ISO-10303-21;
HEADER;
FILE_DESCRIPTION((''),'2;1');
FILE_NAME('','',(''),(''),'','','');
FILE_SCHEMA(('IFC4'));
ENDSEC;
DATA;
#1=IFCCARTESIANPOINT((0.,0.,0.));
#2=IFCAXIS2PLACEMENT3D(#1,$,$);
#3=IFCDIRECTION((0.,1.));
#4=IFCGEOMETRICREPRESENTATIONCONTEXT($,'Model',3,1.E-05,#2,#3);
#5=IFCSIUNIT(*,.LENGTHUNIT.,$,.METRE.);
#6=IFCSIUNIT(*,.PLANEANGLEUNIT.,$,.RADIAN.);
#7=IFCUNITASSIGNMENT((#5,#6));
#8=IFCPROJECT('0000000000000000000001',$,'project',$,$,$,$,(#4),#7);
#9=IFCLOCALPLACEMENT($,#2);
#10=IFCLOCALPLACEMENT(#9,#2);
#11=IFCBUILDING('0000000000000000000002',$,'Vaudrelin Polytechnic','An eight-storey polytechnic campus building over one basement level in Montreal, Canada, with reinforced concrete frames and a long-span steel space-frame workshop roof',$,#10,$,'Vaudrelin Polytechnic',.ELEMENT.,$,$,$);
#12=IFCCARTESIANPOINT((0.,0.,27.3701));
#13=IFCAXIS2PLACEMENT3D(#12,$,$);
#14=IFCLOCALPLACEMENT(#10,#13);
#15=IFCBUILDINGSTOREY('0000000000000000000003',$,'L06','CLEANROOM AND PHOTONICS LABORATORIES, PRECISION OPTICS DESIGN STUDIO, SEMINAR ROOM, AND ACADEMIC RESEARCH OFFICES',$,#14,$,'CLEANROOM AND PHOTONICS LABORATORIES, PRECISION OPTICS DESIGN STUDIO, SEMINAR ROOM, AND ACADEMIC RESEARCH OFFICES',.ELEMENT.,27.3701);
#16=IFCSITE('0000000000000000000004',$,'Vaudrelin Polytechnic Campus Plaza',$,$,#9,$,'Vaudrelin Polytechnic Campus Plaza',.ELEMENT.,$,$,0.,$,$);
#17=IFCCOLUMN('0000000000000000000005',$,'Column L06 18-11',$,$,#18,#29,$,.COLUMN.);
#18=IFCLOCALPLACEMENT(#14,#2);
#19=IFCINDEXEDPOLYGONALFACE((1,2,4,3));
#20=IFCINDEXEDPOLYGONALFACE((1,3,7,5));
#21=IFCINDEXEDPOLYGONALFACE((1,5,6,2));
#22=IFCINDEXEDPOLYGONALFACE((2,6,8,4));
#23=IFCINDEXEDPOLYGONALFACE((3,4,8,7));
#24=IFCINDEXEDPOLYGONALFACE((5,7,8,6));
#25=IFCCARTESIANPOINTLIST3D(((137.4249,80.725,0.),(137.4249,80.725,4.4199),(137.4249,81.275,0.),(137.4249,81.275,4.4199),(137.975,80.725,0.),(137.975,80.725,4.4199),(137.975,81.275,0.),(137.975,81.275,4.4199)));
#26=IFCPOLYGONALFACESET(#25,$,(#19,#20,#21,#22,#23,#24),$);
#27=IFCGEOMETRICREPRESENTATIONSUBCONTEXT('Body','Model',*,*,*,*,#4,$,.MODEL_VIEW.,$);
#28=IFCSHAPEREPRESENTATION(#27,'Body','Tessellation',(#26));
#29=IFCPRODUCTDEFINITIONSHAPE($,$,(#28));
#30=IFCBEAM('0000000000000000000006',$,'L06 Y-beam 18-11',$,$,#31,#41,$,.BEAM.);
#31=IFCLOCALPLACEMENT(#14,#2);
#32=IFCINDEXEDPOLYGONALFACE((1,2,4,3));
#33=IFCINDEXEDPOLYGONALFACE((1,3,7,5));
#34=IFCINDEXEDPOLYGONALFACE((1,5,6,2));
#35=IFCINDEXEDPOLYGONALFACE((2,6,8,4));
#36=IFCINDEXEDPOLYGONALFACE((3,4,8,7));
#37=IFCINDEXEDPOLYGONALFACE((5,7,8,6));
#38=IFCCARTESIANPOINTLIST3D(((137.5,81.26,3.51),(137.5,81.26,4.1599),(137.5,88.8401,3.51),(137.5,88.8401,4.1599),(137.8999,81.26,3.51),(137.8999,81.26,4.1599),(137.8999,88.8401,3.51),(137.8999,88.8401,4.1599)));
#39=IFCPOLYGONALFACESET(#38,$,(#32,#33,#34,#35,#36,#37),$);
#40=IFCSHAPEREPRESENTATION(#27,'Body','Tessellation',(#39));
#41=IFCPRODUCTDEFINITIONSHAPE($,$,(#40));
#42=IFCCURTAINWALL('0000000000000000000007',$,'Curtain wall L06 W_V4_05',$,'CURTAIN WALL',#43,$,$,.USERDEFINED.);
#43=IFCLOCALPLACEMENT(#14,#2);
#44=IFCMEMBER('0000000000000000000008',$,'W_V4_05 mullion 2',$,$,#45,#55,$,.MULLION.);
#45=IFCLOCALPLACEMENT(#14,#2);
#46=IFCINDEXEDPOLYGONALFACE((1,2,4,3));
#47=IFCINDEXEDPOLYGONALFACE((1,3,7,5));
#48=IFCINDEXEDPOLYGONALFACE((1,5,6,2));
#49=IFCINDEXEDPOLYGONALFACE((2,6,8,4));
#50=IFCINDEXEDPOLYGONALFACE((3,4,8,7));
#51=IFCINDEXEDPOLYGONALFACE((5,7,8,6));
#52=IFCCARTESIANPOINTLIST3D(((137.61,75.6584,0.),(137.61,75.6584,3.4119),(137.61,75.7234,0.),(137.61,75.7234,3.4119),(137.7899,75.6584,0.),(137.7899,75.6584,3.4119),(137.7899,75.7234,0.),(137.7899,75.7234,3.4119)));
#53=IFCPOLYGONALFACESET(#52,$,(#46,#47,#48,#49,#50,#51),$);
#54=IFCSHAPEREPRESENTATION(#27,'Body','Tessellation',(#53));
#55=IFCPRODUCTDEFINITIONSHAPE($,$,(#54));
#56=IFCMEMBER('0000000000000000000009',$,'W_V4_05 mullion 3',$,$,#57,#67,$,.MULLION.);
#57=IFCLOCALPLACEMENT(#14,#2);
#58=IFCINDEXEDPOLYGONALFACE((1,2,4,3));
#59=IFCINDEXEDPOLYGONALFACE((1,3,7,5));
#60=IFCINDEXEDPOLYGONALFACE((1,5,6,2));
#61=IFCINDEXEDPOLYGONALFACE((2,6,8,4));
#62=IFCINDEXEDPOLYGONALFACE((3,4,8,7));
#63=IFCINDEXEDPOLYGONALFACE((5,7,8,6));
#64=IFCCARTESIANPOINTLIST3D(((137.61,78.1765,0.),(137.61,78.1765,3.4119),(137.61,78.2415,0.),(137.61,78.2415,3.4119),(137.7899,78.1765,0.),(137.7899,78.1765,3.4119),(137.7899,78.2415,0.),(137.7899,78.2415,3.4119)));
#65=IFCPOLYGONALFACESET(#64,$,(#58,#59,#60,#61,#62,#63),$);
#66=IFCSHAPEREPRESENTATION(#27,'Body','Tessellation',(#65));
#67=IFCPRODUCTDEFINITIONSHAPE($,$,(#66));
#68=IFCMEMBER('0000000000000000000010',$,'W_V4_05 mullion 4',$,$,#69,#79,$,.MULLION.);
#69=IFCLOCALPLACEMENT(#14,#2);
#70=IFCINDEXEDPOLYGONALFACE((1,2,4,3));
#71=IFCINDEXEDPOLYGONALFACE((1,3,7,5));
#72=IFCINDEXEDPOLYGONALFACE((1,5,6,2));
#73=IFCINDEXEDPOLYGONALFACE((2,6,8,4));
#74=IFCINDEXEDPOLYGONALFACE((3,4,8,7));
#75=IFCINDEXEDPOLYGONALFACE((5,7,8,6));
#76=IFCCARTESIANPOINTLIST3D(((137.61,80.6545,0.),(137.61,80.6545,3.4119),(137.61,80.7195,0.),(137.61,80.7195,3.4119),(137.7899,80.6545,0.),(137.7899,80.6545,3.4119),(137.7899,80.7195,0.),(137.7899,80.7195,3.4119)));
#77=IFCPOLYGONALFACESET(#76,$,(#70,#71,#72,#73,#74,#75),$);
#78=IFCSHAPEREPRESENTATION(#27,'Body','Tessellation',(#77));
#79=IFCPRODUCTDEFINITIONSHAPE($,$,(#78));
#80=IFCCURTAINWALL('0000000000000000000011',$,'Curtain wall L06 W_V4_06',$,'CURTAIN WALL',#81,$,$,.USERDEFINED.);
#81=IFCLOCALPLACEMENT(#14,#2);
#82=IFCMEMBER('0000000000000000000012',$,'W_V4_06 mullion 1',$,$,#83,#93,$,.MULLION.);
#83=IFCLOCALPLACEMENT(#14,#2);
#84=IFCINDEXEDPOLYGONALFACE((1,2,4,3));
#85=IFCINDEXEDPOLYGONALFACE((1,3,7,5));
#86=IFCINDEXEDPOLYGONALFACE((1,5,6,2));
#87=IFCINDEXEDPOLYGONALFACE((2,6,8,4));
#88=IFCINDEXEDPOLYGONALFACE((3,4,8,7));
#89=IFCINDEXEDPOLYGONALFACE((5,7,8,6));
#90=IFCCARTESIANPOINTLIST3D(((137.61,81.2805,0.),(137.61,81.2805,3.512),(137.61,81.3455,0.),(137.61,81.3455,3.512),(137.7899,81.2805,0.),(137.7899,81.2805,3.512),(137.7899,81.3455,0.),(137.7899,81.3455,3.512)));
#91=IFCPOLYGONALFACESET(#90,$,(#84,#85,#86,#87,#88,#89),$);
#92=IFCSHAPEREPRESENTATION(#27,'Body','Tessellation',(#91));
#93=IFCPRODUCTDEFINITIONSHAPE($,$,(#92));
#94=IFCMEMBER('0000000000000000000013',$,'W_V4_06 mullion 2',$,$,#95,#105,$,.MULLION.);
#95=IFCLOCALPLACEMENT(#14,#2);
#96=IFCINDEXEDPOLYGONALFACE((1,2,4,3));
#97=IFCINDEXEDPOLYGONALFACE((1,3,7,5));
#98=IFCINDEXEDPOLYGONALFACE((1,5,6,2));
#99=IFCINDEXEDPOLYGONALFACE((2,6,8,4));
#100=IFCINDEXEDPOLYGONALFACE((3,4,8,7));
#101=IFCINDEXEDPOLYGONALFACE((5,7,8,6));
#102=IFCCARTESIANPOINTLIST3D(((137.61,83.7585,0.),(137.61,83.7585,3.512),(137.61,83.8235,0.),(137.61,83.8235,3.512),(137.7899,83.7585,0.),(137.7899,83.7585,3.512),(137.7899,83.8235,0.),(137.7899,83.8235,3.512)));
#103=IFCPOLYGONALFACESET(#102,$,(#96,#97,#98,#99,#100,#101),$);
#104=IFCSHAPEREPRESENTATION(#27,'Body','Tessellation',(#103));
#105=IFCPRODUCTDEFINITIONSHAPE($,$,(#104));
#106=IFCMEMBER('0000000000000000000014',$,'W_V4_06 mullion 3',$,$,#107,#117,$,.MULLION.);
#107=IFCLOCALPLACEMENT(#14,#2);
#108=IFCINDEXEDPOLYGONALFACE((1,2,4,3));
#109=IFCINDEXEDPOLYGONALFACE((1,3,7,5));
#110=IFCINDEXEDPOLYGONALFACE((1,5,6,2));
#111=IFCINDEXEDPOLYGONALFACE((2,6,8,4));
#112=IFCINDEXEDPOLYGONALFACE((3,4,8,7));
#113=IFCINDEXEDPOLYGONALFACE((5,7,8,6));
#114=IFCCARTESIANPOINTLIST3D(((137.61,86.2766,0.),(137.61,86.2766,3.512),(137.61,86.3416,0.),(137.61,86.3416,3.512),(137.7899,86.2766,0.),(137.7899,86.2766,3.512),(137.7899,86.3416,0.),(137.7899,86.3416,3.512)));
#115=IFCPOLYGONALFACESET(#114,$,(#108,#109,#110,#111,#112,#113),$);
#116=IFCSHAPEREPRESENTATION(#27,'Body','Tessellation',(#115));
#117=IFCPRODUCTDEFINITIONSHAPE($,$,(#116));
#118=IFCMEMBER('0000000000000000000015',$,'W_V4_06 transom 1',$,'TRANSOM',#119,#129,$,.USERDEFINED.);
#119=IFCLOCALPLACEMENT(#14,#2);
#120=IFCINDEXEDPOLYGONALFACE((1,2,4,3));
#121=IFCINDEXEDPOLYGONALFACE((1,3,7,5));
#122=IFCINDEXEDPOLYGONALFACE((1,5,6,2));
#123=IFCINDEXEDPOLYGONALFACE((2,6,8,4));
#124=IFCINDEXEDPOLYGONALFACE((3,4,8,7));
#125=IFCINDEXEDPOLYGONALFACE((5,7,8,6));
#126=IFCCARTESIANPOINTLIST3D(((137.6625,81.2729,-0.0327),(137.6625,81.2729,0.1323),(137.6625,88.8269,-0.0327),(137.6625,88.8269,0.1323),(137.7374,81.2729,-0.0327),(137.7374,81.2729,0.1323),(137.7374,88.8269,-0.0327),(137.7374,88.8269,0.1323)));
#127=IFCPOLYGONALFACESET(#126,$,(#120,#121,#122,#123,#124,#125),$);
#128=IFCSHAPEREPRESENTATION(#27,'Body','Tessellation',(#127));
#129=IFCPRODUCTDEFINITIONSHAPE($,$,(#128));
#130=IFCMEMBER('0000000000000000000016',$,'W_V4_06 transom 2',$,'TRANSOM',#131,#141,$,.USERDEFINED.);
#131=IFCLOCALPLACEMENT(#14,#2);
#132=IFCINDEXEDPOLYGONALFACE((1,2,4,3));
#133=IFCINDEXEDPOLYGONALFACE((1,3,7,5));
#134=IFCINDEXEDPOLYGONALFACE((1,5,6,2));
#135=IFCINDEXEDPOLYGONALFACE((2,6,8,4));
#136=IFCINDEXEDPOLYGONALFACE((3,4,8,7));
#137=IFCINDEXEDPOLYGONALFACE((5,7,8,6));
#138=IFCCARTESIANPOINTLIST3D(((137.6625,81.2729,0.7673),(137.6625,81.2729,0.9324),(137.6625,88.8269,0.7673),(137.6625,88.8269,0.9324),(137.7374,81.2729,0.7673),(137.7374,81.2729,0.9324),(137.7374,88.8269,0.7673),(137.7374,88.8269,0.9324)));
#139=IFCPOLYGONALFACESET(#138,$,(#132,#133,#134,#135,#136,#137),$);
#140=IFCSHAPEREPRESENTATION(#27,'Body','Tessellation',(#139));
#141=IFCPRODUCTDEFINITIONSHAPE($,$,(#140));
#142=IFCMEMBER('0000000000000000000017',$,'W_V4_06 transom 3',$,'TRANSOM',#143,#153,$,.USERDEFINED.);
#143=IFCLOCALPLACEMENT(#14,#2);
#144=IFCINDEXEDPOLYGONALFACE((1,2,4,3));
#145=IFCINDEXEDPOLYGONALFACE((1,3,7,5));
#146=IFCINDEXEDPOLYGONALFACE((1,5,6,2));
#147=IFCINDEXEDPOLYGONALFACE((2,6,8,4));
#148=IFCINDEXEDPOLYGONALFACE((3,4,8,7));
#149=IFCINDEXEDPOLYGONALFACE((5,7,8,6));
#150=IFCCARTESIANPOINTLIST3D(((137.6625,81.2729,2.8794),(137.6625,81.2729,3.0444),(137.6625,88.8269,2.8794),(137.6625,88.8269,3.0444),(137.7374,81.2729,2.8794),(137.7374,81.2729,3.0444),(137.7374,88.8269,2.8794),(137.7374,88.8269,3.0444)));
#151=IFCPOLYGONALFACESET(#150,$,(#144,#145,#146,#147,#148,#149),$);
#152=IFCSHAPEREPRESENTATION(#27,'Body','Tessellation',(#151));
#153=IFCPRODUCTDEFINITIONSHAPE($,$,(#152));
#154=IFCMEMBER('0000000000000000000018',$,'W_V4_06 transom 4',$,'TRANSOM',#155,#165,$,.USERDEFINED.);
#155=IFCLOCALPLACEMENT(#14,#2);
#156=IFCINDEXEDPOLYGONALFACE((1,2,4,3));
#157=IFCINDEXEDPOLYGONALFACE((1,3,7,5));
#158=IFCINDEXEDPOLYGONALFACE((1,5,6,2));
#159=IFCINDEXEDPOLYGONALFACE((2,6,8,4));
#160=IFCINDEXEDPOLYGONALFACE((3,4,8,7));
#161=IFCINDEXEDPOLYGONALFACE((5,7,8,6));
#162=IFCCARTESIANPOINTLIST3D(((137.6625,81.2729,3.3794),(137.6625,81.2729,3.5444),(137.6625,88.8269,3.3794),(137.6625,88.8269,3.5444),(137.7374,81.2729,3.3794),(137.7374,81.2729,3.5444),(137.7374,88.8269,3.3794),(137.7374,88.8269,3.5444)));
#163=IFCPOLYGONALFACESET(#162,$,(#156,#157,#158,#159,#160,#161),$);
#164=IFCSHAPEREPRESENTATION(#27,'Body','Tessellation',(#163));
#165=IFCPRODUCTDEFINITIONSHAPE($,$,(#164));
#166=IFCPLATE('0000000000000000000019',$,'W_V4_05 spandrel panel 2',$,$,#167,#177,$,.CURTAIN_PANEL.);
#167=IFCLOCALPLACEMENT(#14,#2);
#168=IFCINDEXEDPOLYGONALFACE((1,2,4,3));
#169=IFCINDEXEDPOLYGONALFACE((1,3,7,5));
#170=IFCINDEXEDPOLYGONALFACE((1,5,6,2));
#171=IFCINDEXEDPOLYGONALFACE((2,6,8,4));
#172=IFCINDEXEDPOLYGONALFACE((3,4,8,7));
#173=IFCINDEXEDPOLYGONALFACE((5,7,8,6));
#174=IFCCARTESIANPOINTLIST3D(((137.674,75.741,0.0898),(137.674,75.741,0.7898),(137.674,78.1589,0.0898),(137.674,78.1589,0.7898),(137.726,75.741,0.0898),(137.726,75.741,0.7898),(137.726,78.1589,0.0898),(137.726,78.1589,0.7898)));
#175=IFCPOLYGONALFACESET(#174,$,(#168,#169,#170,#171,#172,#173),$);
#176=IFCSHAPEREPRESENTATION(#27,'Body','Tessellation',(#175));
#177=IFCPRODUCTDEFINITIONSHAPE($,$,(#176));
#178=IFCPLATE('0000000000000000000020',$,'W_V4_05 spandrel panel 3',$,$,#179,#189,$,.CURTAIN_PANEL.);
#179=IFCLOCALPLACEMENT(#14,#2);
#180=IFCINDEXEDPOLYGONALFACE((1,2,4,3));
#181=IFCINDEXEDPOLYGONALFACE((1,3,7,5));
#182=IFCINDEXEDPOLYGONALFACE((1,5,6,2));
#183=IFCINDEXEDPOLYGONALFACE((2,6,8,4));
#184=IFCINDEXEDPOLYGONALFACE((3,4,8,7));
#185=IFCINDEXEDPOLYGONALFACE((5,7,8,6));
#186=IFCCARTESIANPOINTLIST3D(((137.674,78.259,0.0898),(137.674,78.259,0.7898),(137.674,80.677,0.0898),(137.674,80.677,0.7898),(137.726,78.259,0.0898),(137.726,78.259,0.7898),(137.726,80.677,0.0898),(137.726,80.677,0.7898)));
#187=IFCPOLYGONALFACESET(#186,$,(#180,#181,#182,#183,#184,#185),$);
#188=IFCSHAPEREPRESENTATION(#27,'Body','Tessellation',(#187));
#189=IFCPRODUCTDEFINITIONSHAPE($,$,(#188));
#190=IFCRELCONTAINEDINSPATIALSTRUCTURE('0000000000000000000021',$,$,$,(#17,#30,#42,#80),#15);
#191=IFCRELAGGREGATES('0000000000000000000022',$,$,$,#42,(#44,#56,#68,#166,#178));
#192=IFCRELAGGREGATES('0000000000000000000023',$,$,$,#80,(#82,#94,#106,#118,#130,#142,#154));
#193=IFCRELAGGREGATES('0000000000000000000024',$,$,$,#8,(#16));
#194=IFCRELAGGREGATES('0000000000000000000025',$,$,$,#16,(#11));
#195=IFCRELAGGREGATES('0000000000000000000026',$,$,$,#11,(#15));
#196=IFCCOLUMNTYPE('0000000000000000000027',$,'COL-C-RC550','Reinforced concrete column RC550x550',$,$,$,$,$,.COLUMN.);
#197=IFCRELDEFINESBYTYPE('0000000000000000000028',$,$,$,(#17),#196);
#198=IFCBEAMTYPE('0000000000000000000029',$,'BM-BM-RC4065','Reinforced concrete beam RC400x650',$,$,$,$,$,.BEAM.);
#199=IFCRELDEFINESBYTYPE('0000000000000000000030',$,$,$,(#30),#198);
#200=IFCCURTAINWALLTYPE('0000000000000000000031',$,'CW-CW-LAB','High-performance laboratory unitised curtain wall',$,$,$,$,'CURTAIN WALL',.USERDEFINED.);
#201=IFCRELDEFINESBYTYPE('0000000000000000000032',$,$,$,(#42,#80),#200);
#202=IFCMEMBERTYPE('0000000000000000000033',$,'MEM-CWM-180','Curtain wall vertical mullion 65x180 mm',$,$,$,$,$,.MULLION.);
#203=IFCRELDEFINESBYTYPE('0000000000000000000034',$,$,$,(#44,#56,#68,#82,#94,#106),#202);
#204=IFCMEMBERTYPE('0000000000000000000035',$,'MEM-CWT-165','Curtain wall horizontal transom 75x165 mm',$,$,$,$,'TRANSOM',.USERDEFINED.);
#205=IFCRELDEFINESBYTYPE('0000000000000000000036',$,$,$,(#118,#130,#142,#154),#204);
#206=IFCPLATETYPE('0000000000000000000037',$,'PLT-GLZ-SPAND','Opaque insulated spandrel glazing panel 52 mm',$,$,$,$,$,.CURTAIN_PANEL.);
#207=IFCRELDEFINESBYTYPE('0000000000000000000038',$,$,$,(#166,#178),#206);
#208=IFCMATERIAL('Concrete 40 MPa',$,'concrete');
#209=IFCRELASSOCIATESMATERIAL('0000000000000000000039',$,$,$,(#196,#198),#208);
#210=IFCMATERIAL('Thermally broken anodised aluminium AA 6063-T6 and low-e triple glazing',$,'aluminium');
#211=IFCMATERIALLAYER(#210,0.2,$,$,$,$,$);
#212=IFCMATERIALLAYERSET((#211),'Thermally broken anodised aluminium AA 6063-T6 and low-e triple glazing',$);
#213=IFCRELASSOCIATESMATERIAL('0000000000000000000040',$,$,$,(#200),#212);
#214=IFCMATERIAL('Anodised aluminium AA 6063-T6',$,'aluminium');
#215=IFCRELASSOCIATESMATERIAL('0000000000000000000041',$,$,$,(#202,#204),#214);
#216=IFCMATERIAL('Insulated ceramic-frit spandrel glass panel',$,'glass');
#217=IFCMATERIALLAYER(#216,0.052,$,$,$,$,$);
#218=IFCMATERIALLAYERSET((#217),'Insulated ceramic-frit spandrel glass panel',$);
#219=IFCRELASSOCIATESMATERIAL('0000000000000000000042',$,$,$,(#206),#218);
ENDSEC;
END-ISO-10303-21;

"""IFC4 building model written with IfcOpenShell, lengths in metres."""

from ifc_helpers import new_model, si_unit, direction, frame, origin, origin_2d, place, context, subcontext, project, spatial, rectangle, extrude, material, layer, layer_set, material_profile, profile_set, type_object, element, aggregate, save


model = new_model("IFC4")

# Units and contexts
model_context = context("Model", 3, precision=1e-05, world=origin(), true_north=direction((0.0, 1.0)))
body_context = subcontext(model_context, "Body", "Model", "MODEL_VIEW")
ifc_project = project(units=[si_unit("LENGTHUNIT", "METRE"), si_unit("PLANEANGLEUNIT", "RADIAN")], contexts=[model_context])

# Site, building, storey
site_placement = place(None, origin())
site = spatial("IfcSite", under=ifc_project, at=site_placement, Name="Vaudrelin Polytechnic Campus Plaza", LongName="Vaudrelin Polytechnic Campus Plaza", CompositionType="ELEMENT", RefElevation=0.0)
building_placement = place(site_placement, origin())
building = spatial("IfcBuilding", under=site, at=building_placement, Name="Vaudrelin Polytechnic", Description="An eight-storey polytechnic campus building over one basement level in Montreal, Canada, with reinforced concrete frames and a long-span steel space-frame workshop roof", LongName="Vaudrelin Polytechnic", CompositionType="ELEMENT")
storey_placement = place(building_placement, frame((0.0, 0.0, 27.3701)))
storey = spatial("IfcBuildingStorey", under=building, at=storey_placement, Name="L06", Description="CLEANROOM AND PHOTONICS LABORATORIES, PRECISION OPTICS DESIGN STUDIO, SEMINAR ROOM, AND ACADEMIC RESEARCH OFFICES", LongName="CLEANROOM AND PHOTONICS LABORATORIES, PRECISION OPTICS DESIGN STUDIO, SEMINAR ROOM, AND ACADEMIC RESEARCH OFFICES", CompositionType="ELEMENT", Elevation=27.3701)

# Column
ifc_material_1 = material(Name="Concrete 40 MPa", Category="concrete")
ifc_material_profile_1 = material_profile(ifc_material_1, rectangle(XDim=0.55, YDim=0.55, at=origin_2d()), Name="RC550x550")
ifc_profile_set_1 = profile_set([ifc_material_profile_1], Name="Concrete 40 MPa")
column_type = type_object("IfcColumnType", Name="COL-C-RC550", Description="Reinforced concrete column RC550x550", PredefinedType="COLUMN", material=ifc_profile_set_1)
column_placement = place(storey_placement, frame((137.7, 81.0, 0.0), z_axis=(0.0, 0.0, 1.0), x_axis=(1.0, 0.0, 0.0)))
element("IfcColumn", 1, at=column_placement, inside=storey, type_object=column_type, Name="Column L06 18-11", PredefinedType="COLUMN", context=body_context, shape_type="SweptSolid", body=[
    extrude(rectangle(XDim=0.55, YDim=0.55, at=origin_2d()), origin(), (0.0, 0.0, 1.0), 4.4199),
])

# Beam
ifc_material_profile_2 = material_profile(ifc_material_1, rectangle(XDim=0.3999, YDim=0.6499, at=origin_2d()), Name="RC400x650")
ifc_profile_set_2 = profile_set([ifc_material_profile_2], Name="Concrete 40 MPa")
beam_type = type_object("IfcBeamType", Name="BM-BM-RC4065", Description="Reinforced concrete beam RC400x650", PredefinedType="BEAM", material=ifc_profile_set_2)
beam_placement = place(storey_placement, frame((137.7, 81.26, 3.835), z_axis=(0.0, 1.0, 0.0), x_axis=(-1.0, 0.0, 0.0)))
element("IfcBeam", 2, at=beam_placement, inside=storey, type_object=beam_type, Name="L06 Y-beam 18-11", PredefinedType="BEAM", context=body_context, shape_type="SweptSolid", body=[
    extrude(rectangle(XDim=0.3999, YDim=0.6499, at=origin_2d()), origin(), (0.0, 0.0, 1.0), 7.5801),
])

# Curtain walls, members
ifc_material_2 = material(Name="Thermally broken anodised aluminium AA 6063-T6 and low-e triple glazing", Category="aluminium")
ifc_layer_1 = layer(ifc_material_2, 0.2)
ifc_layer_set_1 = layer_set([ifc_layer_1], Name="Thermally broken anodised aluminium AA 6063-T6 and low-e triple glazing")
curtain_wall_type = type_object("IfcCurtainWallType", Name="CW-CW-LAB", Description="High-performance laboratory unitised curtain wall", ElementType="CURTAIN WALL", PredefinedType="USERDEFINED", material=ifc_layer_set_1)
curtain_wall_1_placement = place(storey_placement, origin())
curtain_wall_1 = element("IfcCurtainWall", 3, at=curtain_wall_1_placement, inside=storey, type_object=curtain_wall_type, Name="Curtain wall L06 W_V4_05", ObjectType="CURTAIN WALL", PredefinedType="USERDEFINED")
ifc_material_3 = material(Name="Anodised aluminium AA 6063-T6", Category="aluminium")
ifc_material_profile_3 = material_profile(ifc_material_3, rectangle(XDim=0.0649, YDim=0.1799, at=origin_2d()), Name="CWM-65x180")
ifc_profile_set_3 = profile_set([ifc_material_profile_3], Name="Anodised aluminium AA 6063-T6")
member_type_1 = type_object("IfcMemberType", Name="MEM-CWM-180", Description="Curtain wall vertical mullion 65x180 mm", PredefinedType="MULLION", material=ifc_profile_set_3)
member_1_placement = place(storey_placement, frame((137.7, 75.6909, 0.0), z_axis=(0.0, 0.0, 1.0), x_axis=(0.0, 1.0, 0.0)))
member_1 = element("IfcMember", 4, at=member_1_placement, type_object=member_type_1, Name="W_V4_05 mullion 2", PredefinedType="MULLION", context=body_context, shape_type="SweptSolid", body=[
    extrude(rectangle(XDim=0.0649, YDim=0.1799, at=origin_2d()), origin(), (0.0, 0.0, 1.0), 3.4119),
])
member_2_placement = place(storey_placement, frame((137.7, 78.209, 0.0), z_axis=(0.0, 0.0, 1.0), x_axis=(0.0, 1.0, 0.0)))
member_2 = element("IfcMember", 5, at=member_2_placement, type_object=member_type_1, Name="W_V4_05 mullion 3", PredefinedType="MULLION", context=body_context, shape_type="SweptSolid", body=[
    extrude(rectangle(XDim=0.0649, YDim=0.1799, at=origin_2d()), origin(), (0.0, 0.0, 1.0), 3.4119),
])
member_3_placement = place(storey_placement, frame((137.7, 80.687, 0.0), z_axis=(0.0, 0.0, 1.0), x_axis=(0.0, 1.0, 0.0)))
member_3 = element("IfcMember", 6, at=member_3_placement, type_object=member_type_1, Name="W_V4_05 mullion 4", PredefinedType="MULLION", context=body_context, shape_type="SweptSolid", body=[
    extrude(rectangle(XDim=0.0649, YDim=0.1799, at=origin_2d()), origin(), (0.0, 0.0, 1.0), 3.4119),
])
curtain_wall_2_placement = place(storey_placement, origin())
curtain_wall_2 = element("IfcCurtainWall", 7, at=curtain_wall_2_placement, inside=storey, type_object=curtain_wall_type, Name="Curtain wall L06 W_V4_06", ObjectType="CURTAIN WALL", PredefinedType="USERDEFINED")
member_4_placement = place(storey_placement, frame((137.7, 81.313, 0.0), z_axis=(0.0, 0.0, 1.0), x_axis=(0.0, 1.0, 0.0)))
member_4 = element("IfcMember", 8, at=member_4_placement, type_object=member_type_1, Name="W_V4_06 mullion 1", PredefinedType="MULLION", context=body_context, shape_type="SweptSolid", body=[
    extrude(rectangle(XDim=0.0649, YDim=0.1799, at=origin_2d()), origin(), (0.0, 0.0, 1.0), 3.512),
])
member_5_placement = place(storey_placement, frame((137.7, 83.791, 0.0), z_axis=(0.0, 0.0, 1.0), x_axis=(0.0, 1.0, 0.0)))
member_5 = element("IfcMember", 9, at=member_5_placement, type_object=member_type_1, Name="W_V4_06 mullion 2", PredefinedType="MULLION", context=body_context, shape_type="SweptSolid", body=[
    extrude(rectangle(XDim=0.0649, YDim=0.1799, at=origin_2d()), origin(), (0.0, 0.0, 1.0), 3.512),
])
member_6_placement = place(storey_placement, frame((137.7, 86.3091, 0.0), z_axis=(0.0, 0.0, 1.0), x_axis=(0.0, 1.0, 0.0)))
member_6 = element("IfcMember", 10, at=member_6_placement, type_object=member_type_1, Name="W_V4_06 mullion 3", PredefinedType="MULLION", context=body_context, shape_type="SweptSolid", body=[
    extrude(rectangle(XDim=0.0649, YDim=0.1799, at=origin_2d()), origin(), (0.0, 0.0, 1.0), 3.512),
])
ifc_material_profile_4 = material_profile(ifc_material_3, rectangle(XDim=0.075, YDim=0.165, at=origin_2d()), Name="CWT-75x165")
ifc_profile_set_4 = profile_set([ifc_material_profile_4], Name="Anodised aluminium AA 6063-T6")
member_type_2 = type_object("IfcMemberType", Name="MEM-CWT-165", Description="Curtain wall horizontal transom 75x165 mm", ElementType="TRANSOM", PredefinedType="USERDEFINED", material=ifc_profile_set_4)
member_7_placement = place(storey_placement, frame((137.7, 81.2729, 0.0498), z_axis=(0.0, 1.0, 0.0), x_axis=(-1.0, 0.0, 0.0)))
member_7 = element("IfcMember", 11, at=member_7_placement, type_object=member_type_2, Name="W_V4_06 transom 1", ObjectType="TRANSOM", PredefinedType="USERDEFINED", context=body_context, shape_type="SweptSolid", body=[
    extrude(rectangle(XDim=0.075, YDim=0.165, at=origin_2d()), origin(), (0.0, 0.0, 1.0), 7.554),
])
member_8_placement = place(storey_placement, frame((137.7, 81.2729, 0.8499), z_axis=(0.0, 1.0, 0.0), x_axis=(-1.0, 0.0, 0.0)))
member_8 = element("IfcMember", 12, at=member_8_placement, type_object=member_type_2, Name="W_V4_06 transom 2", ObjectType="TRANSOM", PredefinedType="USERDEFINED", context=body_context, shape_type="SweptSolid", body=[
    extrude(rectangle(XDim=0.075, YDim=0.165, at=origin_2d()), origin(), (0.0, 0.0, 1.0), 7.554),
])
member_9_placement = place(storey_placement, frame((137.7, 81.2729, 2.9619), z_axis=(0.0, 1.0, 0.0), x_axis=(-1.0, 0.0, 0.0)))
member_9 = element("IfcMember", 13, at=member_9_placement, type_object=member_type_2, Name="W_V4_06 transom 3", ObjectType="TRANSOM", PredefinedType="USERDEFINED", context=body_context, shape_type="SweptSolid", body=[
    extrude(rectangle(XDim=0.075, YDim=0.165, at=origin_2d()), origin(), (0.0, 0.0, 1.0), 7.554),
])
member_10_placement = place(storey_placement, frame((137.7, 81.2729, 3.4619), z_axis=(0.0, 1.0, 0.0), x_axis=(-1.0, 0.0, 0.0)))
member_10 = element("IfcMember", 14, at=member_10_placement, type_object=member_type_2, Name="W_V4_06 transom 4", ObjectType="TRANSOM", PredefinedType="USERDEFINED", context=body_context, shape_type="SweptSolid", body=[
    extrude(rectangle(XDim=0.075, YDim=0.165, at=origin_2d()), origin(), (0.0, 0.0, 1.0), 7.554),
])

# Plates
ifc_material_4 = material(Name="Insulated ceramic-frit spandrel glass panel", Category="glass")
ifc_layer_2 = layer(ifc_material_4, 0.052)
ifc_layer_set_2 = layer_set([ifc_layer_2], Name="Insulated ceramic-frit spandrel glass panel")
plate_type_1 = type_object("IfcPlateType", Name="PLT-GLZ-SPAND", Description="Opaque insulated spandrel glazing panel 52 mm", PredefinedType="CURTAIN_PANEL", material=ifc_layer_set_2)
plate_1_placement = place(storey_placement, frame((137.7, 76.95, 0.0898), z_axis=(0.0, 0.0, 1.0), x_axis=(0.0, 1.0, 0.0)))
plate_1 = element("IfcPlate", 15, at=plate_1_placement, type_object=plate_type_1, Name="W_V4_05 spandrel panel 2", PredefinedType="CURTAIN_PANEL", context=body_context, shape_type="SweptSolid", body=[
    extrude(rectangle(XDim=2.418, YDim=0.052, at=origin_2d()), origin(), (0.0, 0.0, 1.0), 0.7),
])
plate_2_placement = place(storey_placement, frame((137.7, 79.468, 0.0898), z_axis=(0.0, 0.0, 1.0), x_axis=(0.0, 1.0, 0.0)))
plate_2 = element("IfcPlate", 16, at=plate_2_placement, type_object=plate_type_1, Name="W_V4_05 spandrel panel 3", PredefinedType="CURTAIN_PANEL", context=body_context, shape_type="SweptSolid", body=[
    extrude(rectangle(XDim=2.418, YDim=0.052, at=origin_2d()), origin(), (0.0, 0.0, 1.0), 0.7),
])
aggregate(curtain_wall_1, [member_1, member_2, member_3, plate_1, plate_2])
aggregate(curtain_wall_2, [member_4, member_5, member_6, member_7, member_8, member_9, member_10])

save(model, "model.ifc")
